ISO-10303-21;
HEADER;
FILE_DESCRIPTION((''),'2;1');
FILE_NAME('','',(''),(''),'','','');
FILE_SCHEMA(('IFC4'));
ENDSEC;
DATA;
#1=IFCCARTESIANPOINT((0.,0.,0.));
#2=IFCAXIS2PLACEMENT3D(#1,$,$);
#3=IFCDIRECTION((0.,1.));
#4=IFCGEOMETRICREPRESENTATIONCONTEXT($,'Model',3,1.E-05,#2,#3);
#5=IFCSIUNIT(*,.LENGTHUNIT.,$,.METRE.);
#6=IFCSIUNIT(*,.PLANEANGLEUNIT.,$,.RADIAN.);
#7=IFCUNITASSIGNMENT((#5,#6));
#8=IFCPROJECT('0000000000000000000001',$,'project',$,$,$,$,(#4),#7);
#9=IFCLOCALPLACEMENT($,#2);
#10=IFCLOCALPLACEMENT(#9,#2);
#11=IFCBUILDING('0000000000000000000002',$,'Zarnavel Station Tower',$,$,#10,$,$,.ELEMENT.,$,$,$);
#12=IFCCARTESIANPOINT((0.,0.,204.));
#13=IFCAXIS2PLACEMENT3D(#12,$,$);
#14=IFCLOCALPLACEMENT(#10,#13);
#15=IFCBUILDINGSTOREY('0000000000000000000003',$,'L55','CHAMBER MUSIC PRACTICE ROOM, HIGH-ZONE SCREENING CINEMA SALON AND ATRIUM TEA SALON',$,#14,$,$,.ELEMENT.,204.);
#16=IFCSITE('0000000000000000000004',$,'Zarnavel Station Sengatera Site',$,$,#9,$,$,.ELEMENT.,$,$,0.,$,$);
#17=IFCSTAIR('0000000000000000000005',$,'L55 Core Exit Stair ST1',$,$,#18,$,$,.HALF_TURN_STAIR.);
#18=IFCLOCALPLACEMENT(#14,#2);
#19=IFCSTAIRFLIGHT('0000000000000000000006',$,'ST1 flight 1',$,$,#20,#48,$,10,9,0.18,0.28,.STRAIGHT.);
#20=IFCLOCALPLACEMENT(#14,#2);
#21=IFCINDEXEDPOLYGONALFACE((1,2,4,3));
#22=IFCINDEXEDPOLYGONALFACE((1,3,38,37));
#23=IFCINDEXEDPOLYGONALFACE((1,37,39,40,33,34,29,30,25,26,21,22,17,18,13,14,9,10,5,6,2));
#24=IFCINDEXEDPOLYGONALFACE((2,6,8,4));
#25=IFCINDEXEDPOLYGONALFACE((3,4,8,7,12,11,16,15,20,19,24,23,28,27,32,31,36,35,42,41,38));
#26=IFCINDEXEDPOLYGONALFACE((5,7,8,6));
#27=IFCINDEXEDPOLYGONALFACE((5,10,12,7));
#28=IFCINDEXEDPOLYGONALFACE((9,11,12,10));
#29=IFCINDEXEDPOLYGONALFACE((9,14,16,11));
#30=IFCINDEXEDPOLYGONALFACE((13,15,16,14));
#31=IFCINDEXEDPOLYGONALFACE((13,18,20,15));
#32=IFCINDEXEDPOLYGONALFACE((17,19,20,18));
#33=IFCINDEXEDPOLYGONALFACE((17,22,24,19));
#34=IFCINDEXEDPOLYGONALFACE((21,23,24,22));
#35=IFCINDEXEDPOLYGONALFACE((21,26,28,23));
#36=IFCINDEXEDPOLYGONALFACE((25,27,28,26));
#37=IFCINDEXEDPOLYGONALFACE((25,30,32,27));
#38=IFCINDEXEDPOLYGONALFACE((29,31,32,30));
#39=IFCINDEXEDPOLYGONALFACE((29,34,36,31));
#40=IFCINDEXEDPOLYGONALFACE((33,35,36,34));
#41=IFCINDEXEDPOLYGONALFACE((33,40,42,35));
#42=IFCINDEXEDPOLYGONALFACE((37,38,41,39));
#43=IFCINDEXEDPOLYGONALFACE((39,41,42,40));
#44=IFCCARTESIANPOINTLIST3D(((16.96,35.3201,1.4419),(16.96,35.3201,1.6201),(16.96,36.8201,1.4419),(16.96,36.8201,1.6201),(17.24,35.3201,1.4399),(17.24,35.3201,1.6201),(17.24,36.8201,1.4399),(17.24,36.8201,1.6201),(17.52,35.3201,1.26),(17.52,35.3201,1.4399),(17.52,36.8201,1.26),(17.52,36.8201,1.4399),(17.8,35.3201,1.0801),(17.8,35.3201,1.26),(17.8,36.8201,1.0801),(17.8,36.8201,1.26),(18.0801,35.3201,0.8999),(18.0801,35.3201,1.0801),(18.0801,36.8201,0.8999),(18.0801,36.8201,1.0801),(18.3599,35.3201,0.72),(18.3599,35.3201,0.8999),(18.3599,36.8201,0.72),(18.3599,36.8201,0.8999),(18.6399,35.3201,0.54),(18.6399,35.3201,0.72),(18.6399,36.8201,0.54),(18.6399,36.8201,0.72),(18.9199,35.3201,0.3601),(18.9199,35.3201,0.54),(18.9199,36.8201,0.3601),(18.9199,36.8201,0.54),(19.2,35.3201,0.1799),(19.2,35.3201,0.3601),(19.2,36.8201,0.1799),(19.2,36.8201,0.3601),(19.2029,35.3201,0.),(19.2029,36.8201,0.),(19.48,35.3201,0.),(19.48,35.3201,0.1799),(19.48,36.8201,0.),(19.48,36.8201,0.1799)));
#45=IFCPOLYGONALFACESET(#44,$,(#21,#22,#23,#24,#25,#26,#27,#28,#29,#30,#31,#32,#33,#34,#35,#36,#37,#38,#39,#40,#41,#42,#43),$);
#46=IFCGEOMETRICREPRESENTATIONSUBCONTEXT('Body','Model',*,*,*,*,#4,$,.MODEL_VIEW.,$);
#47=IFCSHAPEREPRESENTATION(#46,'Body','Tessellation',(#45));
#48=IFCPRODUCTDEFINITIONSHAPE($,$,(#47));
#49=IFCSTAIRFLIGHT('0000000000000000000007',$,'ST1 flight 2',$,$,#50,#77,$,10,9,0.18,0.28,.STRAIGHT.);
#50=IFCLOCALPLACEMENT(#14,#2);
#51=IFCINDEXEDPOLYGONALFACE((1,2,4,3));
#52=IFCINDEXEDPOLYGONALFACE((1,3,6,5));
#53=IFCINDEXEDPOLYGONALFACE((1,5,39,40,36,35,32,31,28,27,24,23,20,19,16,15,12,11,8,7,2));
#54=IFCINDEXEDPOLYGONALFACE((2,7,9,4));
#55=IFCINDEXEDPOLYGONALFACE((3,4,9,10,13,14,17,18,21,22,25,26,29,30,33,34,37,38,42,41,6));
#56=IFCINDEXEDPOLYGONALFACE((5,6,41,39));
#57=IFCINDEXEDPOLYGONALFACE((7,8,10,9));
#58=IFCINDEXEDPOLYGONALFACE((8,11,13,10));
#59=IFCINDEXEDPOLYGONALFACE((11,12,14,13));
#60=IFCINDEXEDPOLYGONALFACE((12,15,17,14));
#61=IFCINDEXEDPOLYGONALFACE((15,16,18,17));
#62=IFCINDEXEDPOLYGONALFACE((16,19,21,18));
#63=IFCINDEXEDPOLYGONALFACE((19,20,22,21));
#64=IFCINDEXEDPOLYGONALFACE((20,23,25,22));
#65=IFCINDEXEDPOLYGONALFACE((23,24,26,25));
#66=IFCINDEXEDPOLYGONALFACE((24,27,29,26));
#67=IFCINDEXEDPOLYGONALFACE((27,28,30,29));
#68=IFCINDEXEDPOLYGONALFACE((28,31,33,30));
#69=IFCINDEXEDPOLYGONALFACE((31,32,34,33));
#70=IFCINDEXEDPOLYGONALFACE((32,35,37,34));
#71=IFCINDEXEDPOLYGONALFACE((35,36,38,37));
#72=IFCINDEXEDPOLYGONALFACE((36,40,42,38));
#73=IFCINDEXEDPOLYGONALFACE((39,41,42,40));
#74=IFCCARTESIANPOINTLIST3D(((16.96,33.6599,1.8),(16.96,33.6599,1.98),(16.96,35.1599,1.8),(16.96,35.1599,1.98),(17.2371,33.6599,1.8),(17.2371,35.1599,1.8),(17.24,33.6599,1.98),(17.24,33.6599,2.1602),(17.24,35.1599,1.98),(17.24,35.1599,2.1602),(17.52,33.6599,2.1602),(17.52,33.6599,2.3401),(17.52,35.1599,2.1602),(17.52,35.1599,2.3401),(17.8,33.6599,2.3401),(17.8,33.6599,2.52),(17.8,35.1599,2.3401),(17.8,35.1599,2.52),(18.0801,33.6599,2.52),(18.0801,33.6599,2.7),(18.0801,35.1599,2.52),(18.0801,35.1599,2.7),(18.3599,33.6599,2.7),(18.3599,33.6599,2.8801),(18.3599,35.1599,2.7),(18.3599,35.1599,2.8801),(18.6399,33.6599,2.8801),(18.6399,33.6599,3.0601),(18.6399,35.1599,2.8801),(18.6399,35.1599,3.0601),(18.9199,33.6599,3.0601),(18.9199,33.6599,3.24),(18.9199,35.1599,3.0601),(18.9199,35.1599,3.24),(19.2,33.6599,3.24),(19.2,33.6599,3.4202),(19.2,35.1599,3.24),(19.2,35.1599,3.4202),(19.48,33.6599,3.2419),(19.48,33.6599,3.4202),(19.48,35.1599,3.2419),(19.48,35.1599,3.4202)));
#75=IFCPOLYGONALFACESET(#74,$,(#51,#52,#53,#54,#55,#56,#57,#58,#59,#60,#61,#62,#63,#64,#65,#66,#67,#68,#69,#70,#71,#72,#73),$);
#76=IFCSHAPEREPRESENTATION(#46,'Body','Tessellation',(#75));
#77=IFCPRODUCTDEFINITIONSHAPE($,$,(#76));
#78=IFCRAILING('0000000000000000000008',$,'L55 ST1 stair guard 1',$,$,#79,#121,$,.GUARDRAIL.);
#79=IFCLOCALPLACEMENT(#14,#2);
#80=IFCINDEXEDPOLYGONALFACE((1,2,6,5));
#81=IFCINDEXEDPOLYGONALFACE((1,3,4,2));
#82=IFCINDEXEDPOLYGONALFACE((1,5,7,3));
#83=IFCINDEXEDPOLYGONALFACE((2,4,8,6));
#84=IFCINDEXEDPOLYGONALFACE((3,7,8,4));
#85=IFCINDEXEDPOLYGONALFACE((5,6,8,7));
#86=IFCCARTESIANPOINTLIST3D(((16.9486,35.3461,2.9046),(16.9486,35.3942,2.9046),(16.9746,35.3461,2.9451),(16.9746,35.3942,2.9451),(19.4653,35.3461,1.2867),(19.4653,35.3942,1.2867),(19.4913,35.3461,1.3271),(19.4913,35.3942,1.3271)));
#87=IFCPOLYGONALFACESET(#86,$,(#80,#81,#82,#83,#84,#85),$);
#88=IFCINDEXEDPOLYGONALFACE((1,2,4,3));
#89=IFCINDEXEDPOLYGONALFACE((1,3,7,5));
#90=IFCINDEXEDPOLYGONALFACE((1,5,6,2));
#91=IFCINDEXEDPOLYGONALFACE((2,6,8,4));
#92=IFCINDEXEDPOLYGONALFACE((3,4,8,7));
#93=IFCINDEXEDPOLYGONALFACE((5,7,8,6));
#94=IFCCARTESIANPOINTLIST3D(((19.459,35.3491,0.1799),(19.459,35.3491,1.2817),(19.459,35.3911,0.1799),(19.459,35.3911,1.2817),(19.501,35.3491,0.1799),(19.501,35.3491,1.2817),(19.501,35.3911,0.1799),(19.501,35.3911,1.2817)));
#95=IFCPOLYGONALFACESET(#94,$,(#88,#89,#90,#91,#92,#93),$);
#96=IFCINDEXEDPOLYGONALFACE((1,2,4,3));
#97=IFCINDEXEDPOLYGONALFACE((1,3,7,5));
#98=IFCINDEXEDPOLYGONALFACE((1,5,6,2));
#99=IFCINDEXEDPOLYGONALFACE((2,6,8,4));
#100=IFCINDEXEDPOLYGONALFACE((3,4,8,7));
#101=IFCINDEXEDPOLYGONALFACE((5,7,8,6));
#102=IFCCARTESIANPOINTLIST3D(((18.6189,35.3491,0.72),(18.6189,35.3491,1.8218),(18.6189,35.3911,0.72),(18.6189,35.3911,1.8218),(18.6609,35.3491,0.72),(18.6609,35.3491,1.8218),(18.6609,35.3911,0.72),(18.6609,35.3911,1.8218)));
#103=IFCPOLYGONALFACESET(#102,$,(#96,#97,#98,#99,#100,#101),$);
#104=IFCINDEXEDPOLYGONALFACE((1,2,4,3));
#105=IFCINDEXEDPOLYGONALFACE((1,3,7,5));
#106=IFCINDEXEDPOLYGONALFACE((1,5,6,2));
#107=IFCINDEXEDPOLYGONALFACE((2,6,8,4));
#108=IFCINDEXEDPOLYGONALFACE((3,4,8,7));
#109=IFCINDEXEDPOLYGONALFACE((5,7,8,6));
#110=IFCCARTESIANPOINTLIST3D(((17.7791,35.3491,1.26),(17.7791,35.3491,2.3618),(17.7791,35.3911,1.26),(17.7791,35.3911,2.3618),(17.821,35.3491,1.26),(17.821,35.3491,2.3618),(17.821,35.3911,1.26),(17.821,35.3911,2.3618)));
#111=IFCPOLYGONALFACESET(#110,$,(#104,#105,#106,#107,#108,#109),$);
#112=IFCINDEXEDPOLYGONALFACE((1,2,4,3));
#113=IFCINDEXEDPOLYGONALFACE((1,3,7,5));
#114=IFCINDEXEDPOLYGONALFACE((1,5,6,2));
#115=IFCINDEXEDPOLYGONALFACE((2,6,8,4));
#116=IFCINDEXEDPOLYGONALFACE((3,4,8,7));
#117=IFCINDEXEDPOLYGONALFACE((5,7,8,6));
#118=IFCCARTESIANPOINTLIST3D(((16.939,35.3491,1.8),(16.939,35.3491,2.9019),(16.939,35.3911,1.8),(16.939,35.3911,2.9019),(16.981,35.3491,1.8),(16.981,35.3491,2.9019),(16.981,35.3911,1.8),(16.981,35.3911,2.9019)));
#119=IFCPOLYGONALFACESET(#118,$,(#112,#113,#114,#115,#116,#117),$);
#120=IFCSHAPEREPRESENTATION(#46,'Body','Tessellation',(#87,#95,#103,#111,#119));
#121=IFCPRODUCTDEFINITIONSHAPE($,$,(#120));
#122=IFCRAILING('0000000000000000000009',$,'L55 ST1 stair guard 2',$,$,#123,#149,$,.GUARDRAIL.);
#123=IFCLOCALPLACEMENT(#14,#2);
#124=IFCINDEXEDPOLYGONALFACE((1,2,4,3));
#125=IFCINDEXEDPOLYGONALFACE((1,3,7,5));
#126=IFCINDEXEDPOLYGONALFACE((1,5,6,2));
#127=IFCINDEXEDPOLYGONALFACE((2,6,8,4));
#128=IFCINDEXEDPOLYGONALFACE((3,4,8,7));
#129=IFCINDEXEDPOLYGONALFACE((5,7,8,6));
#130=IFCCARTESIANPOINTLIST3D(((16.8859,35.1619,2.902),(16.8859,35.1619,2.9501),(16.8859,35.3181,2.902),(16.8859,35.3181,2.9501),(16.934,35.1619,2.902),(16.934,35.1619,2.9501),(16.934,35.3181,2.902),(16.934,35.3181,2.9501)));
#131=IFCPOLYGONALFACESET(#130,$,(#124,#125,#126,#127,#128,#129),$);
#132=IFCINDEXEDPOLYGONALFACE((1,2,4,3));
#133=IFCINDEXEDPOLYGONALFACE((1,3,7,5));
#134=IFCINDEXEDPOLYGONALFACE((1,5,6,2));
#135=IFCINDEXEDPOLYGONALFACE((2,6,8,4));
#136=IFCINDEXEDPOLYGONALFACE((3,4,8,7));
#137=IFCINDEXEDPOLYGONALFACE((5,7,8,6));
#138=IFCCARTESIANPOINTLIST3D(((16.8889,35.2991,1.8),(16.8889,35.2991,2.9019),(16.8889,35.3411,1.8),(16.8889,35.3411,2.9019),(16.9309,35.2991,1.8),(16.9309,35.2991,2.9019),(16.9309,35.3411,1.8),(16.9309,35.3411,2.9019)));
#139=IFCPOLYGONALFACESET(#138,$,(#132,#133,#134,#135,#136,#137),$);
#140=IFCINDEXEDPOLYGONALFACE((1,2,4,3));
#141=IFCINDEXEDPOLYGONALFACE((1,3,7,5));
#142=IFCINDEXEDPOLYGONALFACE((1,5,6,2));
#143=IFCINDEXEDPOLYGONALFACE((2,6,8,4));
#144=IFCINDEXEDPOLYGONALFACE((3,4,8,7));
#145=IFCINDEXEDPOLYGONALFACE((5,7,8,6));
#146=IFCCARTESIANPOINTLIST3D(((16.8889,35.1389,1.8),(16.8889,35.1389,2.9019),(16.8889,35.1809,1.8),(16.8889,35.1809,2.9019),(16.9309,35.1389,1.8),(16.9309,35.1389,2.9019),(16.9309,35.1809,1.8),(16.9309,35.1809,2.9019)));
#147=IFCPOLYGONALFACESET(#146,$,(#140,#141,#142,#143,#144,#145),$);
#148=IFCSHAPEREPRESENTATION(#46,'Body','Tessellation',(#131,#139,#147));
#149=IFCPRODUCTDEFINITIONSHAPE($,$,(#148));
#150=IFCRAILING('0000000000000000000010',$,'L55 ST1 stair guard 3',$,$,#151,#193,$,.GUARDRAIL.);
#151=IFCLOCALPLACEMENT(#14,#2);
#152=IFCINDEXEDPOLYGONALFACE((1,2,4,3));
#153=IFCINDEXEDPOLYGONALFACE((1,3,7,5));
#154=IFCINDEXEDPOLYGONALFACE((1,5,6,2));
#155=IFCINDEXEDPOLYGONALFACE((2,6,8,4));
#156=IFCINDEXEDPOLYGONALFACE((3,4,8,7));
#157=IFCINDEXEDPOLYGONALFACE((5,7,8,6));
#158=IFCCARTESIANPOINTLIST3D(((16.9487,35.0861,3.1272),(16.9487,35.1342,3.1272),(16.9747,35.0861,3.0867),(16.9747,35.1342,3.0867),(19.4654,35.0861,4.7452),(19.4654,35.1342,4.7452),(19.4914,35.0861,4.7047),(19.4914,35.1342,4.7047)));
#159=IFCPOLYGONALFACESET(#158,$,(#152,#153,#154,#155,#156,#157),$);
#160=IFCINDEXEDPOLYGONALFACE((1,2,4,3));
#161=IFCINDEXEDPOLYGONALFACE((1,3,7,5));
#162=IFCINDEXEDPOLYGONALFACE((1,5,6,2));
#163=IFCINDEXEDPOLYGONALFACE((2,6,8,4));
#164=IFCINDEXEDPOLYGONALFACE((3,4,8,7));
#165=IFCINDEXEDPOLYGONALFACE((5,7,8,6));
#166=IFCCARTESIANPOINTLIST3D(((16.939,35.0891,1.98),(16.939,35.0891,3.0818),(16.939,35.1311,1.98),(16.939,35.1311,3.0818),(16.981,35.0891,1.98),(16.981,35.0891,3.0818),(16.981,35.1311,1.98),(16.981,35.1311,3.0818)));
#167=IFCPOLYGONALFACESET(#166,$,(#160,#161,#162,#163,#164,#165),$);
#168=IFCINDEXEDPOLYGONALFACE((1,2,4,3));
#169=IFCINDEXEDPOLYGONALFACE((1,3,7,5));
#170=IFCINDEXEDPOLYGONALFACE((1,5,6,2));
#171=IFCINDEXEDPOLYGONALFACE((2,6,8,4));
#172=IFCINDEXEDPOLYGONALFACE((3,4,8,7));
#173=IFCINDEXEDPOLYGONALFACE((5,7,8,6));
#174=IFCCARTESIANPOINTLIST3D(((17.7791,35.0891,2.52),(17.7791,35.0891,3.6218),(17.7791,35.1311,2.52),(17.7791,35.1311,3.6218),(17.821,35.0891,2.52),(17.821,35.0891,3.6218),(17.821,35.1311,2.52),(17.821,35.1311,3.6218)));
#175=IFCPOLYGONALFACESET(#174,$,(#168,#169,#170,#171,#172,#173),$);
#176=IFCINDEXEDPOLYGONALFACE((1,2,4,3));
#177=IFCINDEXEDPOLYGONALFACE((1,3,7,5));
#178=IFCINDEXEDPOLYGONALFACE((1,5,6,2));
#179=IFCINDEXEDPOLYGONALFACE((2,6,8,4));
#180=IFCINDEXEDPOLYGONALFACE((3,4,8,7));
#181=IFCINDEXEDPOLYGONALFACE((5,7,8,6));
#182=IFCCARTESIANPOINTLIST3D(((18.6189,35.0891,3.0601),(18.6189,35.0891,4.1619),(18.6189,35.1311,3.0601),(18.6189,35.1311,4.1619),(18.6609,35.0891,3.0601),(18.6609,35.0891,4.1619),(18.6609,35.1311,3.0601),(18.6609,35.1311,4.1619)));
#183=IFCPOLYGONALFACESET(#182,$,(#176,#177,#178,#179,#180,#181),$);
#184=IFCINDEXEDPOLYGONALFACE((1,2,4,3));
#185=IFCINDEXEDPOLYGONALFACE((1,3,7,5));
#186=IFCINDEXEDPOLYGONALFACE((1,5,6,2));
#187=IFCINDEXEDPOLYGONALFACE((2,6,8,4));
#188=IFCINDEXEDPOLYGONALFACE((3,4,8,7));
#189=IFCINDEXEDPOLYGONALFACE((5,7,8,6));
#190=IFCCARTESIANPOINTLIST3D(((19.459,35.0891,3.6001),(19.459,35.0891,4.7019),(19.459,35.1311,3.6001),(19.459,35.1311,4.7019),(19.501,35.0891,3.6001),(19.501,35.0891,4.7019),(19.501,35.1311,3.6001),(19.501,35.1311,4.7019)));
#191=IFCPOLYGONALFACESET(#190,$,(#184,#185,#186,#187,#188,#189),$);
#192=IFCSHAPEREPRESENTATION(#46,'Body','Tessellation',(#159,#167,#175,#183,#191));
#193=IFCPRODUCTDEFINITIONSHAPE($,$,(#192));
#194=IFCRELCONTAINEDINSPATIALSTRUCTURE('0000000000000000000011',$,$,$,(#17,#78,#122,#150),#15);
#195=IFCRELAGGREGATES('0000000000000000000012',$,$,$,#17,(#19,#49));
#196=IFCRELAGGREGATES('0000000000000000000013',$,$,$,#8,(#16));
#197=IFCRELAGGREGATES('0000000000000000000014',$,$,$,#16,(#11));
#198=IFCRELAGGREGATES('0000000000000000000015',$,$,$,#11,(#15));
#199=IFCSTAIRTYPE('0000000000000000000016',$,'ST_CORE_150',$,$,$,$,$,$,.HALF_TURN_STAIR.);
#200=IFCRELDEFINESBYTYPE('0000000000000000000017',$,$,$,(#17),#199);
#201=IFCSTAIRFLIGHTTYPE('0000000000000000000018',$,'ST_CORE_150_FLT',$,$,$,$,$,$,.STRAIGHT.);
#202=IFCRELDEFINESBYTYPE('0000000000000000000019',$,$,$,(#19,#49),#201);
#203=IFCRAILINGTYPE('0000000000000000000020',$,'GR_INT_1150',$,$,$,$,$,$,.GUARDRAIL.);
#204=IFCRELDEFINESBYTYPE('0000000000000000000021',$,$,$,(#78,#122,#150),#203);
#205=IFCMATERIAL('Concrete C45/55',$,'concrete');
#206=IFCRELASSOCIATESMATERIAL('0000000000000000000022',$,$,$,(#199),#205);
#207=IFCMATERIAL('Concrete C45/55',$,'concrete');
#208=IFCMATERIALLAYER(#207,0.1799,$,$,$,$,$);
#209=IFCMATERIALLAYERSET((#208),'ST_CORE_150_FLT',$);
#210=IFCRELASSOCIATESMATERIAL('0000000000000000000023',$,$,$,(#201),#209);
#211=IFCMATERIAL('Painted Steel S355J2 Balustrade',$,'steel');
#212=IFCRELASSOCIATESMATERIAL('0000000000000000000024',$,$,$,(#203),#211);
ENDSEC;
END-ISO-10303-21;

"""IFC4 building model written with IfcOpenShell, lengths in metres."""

from ifc_helpers import new_model, si_unit, direction, frame, origin, origin_2d, place, context, subcontext, project, spatial, polyline, rectangle, outline, extrude, material, layer, layer_set, type_object, element, aggregate, save


model = new_model("IFC4")

# Units and contexts
model_context = context("Model", 3, precision=1e-05, world=origin(), true_north=direction((0.0, 1.0)))
body_context = subcontext(model_context, "Body", "Model", "MODEL_VIEW")
ifc_project = project(units=[si_unit("LENGTHUNIT", "METRE"), si_unit("PLANEANGLEUNIT", "RADIAN")], contexts=[model_context])

# Site, building, storey
site_placement = place(None, origin())
site = spatial("IfcSite", under=ifc_project, at=site_placement, Name="Zarnavel Station Sengatera Site", CompositionType="ELEMENT", RefElevation=0.0)
building_placement = place(site_placement, origin())
building = spatial("IfcBuilding", under=site, at=building_placement, Name="Zarnavel Station Tower", CompositionType="ELEMENT")
storey_placement = place(building_placement, frame((0.0, 0.0, 204.0)))
storey = spatial("IfcBuildingStorey", under=building, at=storey_placement, Name="L55", Description="CHAMBER MUSIC PRACTICE ROOM, HIGH-ZONE SCREENING CINEMA SALON AND ATRIUM TEA SALON", CompositionType="ELEMENT", Elevation=204.0)

# Stair, stair flights
ifc_material_1 = material(Name="Concrete C45/55", Category="concrete")
stair_type = type_object("IfcStairType", Name="ST_CORE_150", PredefinedType="HALF_TURN_STAIR", material=ifc_material_1)
stair_placement = place(storey_placement, origin())
stair = element("IfcStair", 1, at=stair_placement, inside=storey, type_object=stair_type, Name="L55 Core Exit Stair ST1", PredefinedType="HALF_TURN_STAIR")
ifc_material_2 = material(Name="Concrete C45/55", Category="concrete")
ifc_layer_1 = layer(ifc_material_2, 0.1799)
ifc_layer_set_1 = layer_set([ifc_layer_1], Name="ST_CORE_150_FLT")
stair_flight_type = type_object("IfcStairFlightType", Name="ST_CORE_150_FLT", PredefinedType="STRAIGHT", material=ifc_layer_set_1)
stair_flight_1_placement = place(storey_placement, frame((19.48, 36.0701, 0.0), z_axis=(0.0, 0.0, 1.0), x_axis=(-1.0, 0.0, 0.0)))
stair_flight_1 = element("IfcStairFlight", 2, at=stair_flight_1_placement, type_object=stair_flight_type, Name="ST1 flight 1", NumberOfRisers=10, NumberOfTreads=9, PredefinedType="STRAIGHT", RiserHeight=0.18, TreadLength=0.28, context=body_context, shape_type="SweptSolid", body=[
    extrude(outline(polyline([(0.0, 0.0), (0.0, 0.1799), (0.28, 0.1799), (0.28, 0.3601), (0.5601, 0.3601), (0.5601, 0.54), (0.8401, 0.54), (0.8401, 0.72), (1.1201, 0.72), (1.1201, 0.8999), (1.3999, 0.8999), (1.3999, 1.0801), (1.6799, 1.0801), (1.6799, 1.26), (1.96, 1.26), (1.96, 1.4399), (2.24, 1.4399), (2.24, 1.6201), (2.52, 1.6201), (2.52, 1.8), (2.52, 1.4419), (0.2771, 0.0), (0.0, 0.0)])), frame((0.0, 0.75, 0.0), z_axis=(0.0, -1.0, 0.0), x_axis=(1.0, 0.0, 0.0)), (0.0, 0.0, 1.0), 1.5),
])
stair_flight_2_placement = place(storey_placement, frame((16.96, 34.4099, 1.8), z_axis=(0.0, 0.0, 1.0), x_axis=(1.0, 0.0, 0.0)))
stair_flight_2 = element("IfcStairFlight", 3, at=stair_flight_2_placement, type_object=stair_flight_type, Name="ST1 flight 2", NumberOfRisers=10, NumberOfTreads=9, PredefinedType="STRAIGHT", RiserHeight=0.18, TreadLength=0.28, context=body_context, shape_type="SweptSolid", body=[
    extrude(outline(polyline([(0.0, 0.0), (0.0, 0.1799), (0.28, 0.1799), (0.28, 0.3601), (0.5601, 0.3601), (0.5601, 0.54), (0.8401, 0.54), (0.8401, 0.72), (1.1201, 0.72), (1.1201, 0.8999), (1.3999, 0.8999), (1.3999, 1.0801), (1.6799, 1.0801), (1.6799, 1.26), (1.96, 1.26), (1.96, 1.4399), (2.24, 1.4399), (2.24, 1.6201), (2.52, 1.6201), (2.52, 1.8), (2.52, 1.4419), (0.2771, 0.0), (0.0, 0.0)])), frame((0.0, 0.75, 0.0), z_axis=(0.0, -1.0, 0.0), x_axis=(1.0, 0.0, 0.0)), (0.0, 0.0, 1.0), 1.5),
])
aggregate(stair, [stair_flight_1, stair_flight_2])

# Railings
ifc_material_3 = material(Name="Painted Steel S355J2 Balustrade", Category="steel")
railing_type_1 = type_object("IfcRailingType", Name="GR_INT_1150", PredefinedType="GUARDRAIL", material=ifc_material_3)
railing_1_placement = place(storey_placement, frame((19.48, 35.3701, 0.1799)))
element("IfcRailing", 4, at=railing_1_placement, inside=storey, type_object=railing_type_1, Name="L55 ST1 stair guard 1", PredefinedType="GUARDRAIL", context=body_context, shape_type="SweptSolid", body=[
    extrude(rectangle(XDim=0.0481, YDim=0.0481, at=origin_2d()), frame((-0.0017, 0.0, 1.127), z_axis=(-0.841163, 0.0, 0.540782), x_axis=(0.0, -1.0, 0.0)), (0.0, 0.0, 1.0), 2.9919),
    extrude(rectangle(XDim=0.042, YDim=0.042, at=origin_2d()), origin(), (0.0, 0.0, 1.0), 1.1018),
    extrude(rectangle(XDim=0.042, YDim=0.042, at=origin_2d()), frame((-0.8401, 0.0, 0.54)), (0.0, 0.0, 1.0), 1.1018),
    extrude(rectangle(XDim=0.042, YDim=0.042, at=origin_2d()), frame((-1.6799, 0.0, 1.0801)), (0.0, 0.0, 1.0), 1.1018),
    extrude(rectangle(XDim=0.042, YDim=0.042, at=origin_2d()), frame((-2.52, 0.0, 1.6201)), (0.0, 0.0, 1.0), 1.1018),
])
railing_2_placement = place(storey_placement, frame((16.9099, 35.3201, 1.8)))
element("IfcRailing", 5, at=railing_2_placement, inside=storey, type_object=railing_type_1, Name="L55 ST1 stair guard 2", PredefinedType="GUARDRAIL", context=body_context, shape_type="SweptSolid", body=[
    extrude(rectangle(XDim=0.0481, YDim=0.0481, at=origin_2d()), frame((0.0, -0.002, 1.126), z_axis=(0.0, -1.0, 0.0), x_axis=(1.0, 0.0, 0.0)), (0.0, 0.0, 1.0), 0.1562),
    extrude(rectangle(XDim=0.042, YDim=0.042, at=origin_2d()), origin(), (0.0, 0.0, 1.0), 1.1018),
    extrude(rectangle(XDim=0.042, YDim=0.042, at=origin_2d()), frame((0.0, -0.1602, 0.0)), (0.0, 0.0, 1.0), 1.1018),
])
railing_3_placement = place(storey_placement, frame((16.96, 35.1101, 1.98)))
element("IfcRailing", 6, at=railing_3_placement, inside=storey, type_object=railing_type_1, Name="L55 ST1 stair guard 3", PredefinedType="GUARDRAIL", context=body_context, shape_type="SweptSolid", body=[
    extrude(rectangle(XDim=0.0481, YDim=0.0481, at=origin_2d()), frame((0.0017, 0.0, 1.127), z_axis=(0.841163, 0.0, 0.540782), x_axis=(0.0, 1.0, 0.0)), (0.0, 0.0, 1.0), 2.9919),
    extrude(rectangle(XDim=0.042, YDim=0.042, at=origin_2d()), origin(), (0.0, 0.0, 1.0), 1.1018),
    extrude(rectangle(XDim=0.042, YDim=0.042, at=origin_2d()), frame((0.8401, 0.0, 0.54)), (0.0, 0.0, 1.0), 1.1018),
    extrude(rectangle(XDim=0.042, YDim=0.042, at=origin_2d()), frame((1.6799, 0.0, 1.0801)), (0.0, 0.0, 1.0), 1.1018),
    extrude(rectangle(XDim=0.042, YDim=0.042, at=origin_2d()), frame((2.52, 0.0, 1.6201)), (0.0, 0.0, 1.0), 1.1018),
])

save(model, "model.ifc")
